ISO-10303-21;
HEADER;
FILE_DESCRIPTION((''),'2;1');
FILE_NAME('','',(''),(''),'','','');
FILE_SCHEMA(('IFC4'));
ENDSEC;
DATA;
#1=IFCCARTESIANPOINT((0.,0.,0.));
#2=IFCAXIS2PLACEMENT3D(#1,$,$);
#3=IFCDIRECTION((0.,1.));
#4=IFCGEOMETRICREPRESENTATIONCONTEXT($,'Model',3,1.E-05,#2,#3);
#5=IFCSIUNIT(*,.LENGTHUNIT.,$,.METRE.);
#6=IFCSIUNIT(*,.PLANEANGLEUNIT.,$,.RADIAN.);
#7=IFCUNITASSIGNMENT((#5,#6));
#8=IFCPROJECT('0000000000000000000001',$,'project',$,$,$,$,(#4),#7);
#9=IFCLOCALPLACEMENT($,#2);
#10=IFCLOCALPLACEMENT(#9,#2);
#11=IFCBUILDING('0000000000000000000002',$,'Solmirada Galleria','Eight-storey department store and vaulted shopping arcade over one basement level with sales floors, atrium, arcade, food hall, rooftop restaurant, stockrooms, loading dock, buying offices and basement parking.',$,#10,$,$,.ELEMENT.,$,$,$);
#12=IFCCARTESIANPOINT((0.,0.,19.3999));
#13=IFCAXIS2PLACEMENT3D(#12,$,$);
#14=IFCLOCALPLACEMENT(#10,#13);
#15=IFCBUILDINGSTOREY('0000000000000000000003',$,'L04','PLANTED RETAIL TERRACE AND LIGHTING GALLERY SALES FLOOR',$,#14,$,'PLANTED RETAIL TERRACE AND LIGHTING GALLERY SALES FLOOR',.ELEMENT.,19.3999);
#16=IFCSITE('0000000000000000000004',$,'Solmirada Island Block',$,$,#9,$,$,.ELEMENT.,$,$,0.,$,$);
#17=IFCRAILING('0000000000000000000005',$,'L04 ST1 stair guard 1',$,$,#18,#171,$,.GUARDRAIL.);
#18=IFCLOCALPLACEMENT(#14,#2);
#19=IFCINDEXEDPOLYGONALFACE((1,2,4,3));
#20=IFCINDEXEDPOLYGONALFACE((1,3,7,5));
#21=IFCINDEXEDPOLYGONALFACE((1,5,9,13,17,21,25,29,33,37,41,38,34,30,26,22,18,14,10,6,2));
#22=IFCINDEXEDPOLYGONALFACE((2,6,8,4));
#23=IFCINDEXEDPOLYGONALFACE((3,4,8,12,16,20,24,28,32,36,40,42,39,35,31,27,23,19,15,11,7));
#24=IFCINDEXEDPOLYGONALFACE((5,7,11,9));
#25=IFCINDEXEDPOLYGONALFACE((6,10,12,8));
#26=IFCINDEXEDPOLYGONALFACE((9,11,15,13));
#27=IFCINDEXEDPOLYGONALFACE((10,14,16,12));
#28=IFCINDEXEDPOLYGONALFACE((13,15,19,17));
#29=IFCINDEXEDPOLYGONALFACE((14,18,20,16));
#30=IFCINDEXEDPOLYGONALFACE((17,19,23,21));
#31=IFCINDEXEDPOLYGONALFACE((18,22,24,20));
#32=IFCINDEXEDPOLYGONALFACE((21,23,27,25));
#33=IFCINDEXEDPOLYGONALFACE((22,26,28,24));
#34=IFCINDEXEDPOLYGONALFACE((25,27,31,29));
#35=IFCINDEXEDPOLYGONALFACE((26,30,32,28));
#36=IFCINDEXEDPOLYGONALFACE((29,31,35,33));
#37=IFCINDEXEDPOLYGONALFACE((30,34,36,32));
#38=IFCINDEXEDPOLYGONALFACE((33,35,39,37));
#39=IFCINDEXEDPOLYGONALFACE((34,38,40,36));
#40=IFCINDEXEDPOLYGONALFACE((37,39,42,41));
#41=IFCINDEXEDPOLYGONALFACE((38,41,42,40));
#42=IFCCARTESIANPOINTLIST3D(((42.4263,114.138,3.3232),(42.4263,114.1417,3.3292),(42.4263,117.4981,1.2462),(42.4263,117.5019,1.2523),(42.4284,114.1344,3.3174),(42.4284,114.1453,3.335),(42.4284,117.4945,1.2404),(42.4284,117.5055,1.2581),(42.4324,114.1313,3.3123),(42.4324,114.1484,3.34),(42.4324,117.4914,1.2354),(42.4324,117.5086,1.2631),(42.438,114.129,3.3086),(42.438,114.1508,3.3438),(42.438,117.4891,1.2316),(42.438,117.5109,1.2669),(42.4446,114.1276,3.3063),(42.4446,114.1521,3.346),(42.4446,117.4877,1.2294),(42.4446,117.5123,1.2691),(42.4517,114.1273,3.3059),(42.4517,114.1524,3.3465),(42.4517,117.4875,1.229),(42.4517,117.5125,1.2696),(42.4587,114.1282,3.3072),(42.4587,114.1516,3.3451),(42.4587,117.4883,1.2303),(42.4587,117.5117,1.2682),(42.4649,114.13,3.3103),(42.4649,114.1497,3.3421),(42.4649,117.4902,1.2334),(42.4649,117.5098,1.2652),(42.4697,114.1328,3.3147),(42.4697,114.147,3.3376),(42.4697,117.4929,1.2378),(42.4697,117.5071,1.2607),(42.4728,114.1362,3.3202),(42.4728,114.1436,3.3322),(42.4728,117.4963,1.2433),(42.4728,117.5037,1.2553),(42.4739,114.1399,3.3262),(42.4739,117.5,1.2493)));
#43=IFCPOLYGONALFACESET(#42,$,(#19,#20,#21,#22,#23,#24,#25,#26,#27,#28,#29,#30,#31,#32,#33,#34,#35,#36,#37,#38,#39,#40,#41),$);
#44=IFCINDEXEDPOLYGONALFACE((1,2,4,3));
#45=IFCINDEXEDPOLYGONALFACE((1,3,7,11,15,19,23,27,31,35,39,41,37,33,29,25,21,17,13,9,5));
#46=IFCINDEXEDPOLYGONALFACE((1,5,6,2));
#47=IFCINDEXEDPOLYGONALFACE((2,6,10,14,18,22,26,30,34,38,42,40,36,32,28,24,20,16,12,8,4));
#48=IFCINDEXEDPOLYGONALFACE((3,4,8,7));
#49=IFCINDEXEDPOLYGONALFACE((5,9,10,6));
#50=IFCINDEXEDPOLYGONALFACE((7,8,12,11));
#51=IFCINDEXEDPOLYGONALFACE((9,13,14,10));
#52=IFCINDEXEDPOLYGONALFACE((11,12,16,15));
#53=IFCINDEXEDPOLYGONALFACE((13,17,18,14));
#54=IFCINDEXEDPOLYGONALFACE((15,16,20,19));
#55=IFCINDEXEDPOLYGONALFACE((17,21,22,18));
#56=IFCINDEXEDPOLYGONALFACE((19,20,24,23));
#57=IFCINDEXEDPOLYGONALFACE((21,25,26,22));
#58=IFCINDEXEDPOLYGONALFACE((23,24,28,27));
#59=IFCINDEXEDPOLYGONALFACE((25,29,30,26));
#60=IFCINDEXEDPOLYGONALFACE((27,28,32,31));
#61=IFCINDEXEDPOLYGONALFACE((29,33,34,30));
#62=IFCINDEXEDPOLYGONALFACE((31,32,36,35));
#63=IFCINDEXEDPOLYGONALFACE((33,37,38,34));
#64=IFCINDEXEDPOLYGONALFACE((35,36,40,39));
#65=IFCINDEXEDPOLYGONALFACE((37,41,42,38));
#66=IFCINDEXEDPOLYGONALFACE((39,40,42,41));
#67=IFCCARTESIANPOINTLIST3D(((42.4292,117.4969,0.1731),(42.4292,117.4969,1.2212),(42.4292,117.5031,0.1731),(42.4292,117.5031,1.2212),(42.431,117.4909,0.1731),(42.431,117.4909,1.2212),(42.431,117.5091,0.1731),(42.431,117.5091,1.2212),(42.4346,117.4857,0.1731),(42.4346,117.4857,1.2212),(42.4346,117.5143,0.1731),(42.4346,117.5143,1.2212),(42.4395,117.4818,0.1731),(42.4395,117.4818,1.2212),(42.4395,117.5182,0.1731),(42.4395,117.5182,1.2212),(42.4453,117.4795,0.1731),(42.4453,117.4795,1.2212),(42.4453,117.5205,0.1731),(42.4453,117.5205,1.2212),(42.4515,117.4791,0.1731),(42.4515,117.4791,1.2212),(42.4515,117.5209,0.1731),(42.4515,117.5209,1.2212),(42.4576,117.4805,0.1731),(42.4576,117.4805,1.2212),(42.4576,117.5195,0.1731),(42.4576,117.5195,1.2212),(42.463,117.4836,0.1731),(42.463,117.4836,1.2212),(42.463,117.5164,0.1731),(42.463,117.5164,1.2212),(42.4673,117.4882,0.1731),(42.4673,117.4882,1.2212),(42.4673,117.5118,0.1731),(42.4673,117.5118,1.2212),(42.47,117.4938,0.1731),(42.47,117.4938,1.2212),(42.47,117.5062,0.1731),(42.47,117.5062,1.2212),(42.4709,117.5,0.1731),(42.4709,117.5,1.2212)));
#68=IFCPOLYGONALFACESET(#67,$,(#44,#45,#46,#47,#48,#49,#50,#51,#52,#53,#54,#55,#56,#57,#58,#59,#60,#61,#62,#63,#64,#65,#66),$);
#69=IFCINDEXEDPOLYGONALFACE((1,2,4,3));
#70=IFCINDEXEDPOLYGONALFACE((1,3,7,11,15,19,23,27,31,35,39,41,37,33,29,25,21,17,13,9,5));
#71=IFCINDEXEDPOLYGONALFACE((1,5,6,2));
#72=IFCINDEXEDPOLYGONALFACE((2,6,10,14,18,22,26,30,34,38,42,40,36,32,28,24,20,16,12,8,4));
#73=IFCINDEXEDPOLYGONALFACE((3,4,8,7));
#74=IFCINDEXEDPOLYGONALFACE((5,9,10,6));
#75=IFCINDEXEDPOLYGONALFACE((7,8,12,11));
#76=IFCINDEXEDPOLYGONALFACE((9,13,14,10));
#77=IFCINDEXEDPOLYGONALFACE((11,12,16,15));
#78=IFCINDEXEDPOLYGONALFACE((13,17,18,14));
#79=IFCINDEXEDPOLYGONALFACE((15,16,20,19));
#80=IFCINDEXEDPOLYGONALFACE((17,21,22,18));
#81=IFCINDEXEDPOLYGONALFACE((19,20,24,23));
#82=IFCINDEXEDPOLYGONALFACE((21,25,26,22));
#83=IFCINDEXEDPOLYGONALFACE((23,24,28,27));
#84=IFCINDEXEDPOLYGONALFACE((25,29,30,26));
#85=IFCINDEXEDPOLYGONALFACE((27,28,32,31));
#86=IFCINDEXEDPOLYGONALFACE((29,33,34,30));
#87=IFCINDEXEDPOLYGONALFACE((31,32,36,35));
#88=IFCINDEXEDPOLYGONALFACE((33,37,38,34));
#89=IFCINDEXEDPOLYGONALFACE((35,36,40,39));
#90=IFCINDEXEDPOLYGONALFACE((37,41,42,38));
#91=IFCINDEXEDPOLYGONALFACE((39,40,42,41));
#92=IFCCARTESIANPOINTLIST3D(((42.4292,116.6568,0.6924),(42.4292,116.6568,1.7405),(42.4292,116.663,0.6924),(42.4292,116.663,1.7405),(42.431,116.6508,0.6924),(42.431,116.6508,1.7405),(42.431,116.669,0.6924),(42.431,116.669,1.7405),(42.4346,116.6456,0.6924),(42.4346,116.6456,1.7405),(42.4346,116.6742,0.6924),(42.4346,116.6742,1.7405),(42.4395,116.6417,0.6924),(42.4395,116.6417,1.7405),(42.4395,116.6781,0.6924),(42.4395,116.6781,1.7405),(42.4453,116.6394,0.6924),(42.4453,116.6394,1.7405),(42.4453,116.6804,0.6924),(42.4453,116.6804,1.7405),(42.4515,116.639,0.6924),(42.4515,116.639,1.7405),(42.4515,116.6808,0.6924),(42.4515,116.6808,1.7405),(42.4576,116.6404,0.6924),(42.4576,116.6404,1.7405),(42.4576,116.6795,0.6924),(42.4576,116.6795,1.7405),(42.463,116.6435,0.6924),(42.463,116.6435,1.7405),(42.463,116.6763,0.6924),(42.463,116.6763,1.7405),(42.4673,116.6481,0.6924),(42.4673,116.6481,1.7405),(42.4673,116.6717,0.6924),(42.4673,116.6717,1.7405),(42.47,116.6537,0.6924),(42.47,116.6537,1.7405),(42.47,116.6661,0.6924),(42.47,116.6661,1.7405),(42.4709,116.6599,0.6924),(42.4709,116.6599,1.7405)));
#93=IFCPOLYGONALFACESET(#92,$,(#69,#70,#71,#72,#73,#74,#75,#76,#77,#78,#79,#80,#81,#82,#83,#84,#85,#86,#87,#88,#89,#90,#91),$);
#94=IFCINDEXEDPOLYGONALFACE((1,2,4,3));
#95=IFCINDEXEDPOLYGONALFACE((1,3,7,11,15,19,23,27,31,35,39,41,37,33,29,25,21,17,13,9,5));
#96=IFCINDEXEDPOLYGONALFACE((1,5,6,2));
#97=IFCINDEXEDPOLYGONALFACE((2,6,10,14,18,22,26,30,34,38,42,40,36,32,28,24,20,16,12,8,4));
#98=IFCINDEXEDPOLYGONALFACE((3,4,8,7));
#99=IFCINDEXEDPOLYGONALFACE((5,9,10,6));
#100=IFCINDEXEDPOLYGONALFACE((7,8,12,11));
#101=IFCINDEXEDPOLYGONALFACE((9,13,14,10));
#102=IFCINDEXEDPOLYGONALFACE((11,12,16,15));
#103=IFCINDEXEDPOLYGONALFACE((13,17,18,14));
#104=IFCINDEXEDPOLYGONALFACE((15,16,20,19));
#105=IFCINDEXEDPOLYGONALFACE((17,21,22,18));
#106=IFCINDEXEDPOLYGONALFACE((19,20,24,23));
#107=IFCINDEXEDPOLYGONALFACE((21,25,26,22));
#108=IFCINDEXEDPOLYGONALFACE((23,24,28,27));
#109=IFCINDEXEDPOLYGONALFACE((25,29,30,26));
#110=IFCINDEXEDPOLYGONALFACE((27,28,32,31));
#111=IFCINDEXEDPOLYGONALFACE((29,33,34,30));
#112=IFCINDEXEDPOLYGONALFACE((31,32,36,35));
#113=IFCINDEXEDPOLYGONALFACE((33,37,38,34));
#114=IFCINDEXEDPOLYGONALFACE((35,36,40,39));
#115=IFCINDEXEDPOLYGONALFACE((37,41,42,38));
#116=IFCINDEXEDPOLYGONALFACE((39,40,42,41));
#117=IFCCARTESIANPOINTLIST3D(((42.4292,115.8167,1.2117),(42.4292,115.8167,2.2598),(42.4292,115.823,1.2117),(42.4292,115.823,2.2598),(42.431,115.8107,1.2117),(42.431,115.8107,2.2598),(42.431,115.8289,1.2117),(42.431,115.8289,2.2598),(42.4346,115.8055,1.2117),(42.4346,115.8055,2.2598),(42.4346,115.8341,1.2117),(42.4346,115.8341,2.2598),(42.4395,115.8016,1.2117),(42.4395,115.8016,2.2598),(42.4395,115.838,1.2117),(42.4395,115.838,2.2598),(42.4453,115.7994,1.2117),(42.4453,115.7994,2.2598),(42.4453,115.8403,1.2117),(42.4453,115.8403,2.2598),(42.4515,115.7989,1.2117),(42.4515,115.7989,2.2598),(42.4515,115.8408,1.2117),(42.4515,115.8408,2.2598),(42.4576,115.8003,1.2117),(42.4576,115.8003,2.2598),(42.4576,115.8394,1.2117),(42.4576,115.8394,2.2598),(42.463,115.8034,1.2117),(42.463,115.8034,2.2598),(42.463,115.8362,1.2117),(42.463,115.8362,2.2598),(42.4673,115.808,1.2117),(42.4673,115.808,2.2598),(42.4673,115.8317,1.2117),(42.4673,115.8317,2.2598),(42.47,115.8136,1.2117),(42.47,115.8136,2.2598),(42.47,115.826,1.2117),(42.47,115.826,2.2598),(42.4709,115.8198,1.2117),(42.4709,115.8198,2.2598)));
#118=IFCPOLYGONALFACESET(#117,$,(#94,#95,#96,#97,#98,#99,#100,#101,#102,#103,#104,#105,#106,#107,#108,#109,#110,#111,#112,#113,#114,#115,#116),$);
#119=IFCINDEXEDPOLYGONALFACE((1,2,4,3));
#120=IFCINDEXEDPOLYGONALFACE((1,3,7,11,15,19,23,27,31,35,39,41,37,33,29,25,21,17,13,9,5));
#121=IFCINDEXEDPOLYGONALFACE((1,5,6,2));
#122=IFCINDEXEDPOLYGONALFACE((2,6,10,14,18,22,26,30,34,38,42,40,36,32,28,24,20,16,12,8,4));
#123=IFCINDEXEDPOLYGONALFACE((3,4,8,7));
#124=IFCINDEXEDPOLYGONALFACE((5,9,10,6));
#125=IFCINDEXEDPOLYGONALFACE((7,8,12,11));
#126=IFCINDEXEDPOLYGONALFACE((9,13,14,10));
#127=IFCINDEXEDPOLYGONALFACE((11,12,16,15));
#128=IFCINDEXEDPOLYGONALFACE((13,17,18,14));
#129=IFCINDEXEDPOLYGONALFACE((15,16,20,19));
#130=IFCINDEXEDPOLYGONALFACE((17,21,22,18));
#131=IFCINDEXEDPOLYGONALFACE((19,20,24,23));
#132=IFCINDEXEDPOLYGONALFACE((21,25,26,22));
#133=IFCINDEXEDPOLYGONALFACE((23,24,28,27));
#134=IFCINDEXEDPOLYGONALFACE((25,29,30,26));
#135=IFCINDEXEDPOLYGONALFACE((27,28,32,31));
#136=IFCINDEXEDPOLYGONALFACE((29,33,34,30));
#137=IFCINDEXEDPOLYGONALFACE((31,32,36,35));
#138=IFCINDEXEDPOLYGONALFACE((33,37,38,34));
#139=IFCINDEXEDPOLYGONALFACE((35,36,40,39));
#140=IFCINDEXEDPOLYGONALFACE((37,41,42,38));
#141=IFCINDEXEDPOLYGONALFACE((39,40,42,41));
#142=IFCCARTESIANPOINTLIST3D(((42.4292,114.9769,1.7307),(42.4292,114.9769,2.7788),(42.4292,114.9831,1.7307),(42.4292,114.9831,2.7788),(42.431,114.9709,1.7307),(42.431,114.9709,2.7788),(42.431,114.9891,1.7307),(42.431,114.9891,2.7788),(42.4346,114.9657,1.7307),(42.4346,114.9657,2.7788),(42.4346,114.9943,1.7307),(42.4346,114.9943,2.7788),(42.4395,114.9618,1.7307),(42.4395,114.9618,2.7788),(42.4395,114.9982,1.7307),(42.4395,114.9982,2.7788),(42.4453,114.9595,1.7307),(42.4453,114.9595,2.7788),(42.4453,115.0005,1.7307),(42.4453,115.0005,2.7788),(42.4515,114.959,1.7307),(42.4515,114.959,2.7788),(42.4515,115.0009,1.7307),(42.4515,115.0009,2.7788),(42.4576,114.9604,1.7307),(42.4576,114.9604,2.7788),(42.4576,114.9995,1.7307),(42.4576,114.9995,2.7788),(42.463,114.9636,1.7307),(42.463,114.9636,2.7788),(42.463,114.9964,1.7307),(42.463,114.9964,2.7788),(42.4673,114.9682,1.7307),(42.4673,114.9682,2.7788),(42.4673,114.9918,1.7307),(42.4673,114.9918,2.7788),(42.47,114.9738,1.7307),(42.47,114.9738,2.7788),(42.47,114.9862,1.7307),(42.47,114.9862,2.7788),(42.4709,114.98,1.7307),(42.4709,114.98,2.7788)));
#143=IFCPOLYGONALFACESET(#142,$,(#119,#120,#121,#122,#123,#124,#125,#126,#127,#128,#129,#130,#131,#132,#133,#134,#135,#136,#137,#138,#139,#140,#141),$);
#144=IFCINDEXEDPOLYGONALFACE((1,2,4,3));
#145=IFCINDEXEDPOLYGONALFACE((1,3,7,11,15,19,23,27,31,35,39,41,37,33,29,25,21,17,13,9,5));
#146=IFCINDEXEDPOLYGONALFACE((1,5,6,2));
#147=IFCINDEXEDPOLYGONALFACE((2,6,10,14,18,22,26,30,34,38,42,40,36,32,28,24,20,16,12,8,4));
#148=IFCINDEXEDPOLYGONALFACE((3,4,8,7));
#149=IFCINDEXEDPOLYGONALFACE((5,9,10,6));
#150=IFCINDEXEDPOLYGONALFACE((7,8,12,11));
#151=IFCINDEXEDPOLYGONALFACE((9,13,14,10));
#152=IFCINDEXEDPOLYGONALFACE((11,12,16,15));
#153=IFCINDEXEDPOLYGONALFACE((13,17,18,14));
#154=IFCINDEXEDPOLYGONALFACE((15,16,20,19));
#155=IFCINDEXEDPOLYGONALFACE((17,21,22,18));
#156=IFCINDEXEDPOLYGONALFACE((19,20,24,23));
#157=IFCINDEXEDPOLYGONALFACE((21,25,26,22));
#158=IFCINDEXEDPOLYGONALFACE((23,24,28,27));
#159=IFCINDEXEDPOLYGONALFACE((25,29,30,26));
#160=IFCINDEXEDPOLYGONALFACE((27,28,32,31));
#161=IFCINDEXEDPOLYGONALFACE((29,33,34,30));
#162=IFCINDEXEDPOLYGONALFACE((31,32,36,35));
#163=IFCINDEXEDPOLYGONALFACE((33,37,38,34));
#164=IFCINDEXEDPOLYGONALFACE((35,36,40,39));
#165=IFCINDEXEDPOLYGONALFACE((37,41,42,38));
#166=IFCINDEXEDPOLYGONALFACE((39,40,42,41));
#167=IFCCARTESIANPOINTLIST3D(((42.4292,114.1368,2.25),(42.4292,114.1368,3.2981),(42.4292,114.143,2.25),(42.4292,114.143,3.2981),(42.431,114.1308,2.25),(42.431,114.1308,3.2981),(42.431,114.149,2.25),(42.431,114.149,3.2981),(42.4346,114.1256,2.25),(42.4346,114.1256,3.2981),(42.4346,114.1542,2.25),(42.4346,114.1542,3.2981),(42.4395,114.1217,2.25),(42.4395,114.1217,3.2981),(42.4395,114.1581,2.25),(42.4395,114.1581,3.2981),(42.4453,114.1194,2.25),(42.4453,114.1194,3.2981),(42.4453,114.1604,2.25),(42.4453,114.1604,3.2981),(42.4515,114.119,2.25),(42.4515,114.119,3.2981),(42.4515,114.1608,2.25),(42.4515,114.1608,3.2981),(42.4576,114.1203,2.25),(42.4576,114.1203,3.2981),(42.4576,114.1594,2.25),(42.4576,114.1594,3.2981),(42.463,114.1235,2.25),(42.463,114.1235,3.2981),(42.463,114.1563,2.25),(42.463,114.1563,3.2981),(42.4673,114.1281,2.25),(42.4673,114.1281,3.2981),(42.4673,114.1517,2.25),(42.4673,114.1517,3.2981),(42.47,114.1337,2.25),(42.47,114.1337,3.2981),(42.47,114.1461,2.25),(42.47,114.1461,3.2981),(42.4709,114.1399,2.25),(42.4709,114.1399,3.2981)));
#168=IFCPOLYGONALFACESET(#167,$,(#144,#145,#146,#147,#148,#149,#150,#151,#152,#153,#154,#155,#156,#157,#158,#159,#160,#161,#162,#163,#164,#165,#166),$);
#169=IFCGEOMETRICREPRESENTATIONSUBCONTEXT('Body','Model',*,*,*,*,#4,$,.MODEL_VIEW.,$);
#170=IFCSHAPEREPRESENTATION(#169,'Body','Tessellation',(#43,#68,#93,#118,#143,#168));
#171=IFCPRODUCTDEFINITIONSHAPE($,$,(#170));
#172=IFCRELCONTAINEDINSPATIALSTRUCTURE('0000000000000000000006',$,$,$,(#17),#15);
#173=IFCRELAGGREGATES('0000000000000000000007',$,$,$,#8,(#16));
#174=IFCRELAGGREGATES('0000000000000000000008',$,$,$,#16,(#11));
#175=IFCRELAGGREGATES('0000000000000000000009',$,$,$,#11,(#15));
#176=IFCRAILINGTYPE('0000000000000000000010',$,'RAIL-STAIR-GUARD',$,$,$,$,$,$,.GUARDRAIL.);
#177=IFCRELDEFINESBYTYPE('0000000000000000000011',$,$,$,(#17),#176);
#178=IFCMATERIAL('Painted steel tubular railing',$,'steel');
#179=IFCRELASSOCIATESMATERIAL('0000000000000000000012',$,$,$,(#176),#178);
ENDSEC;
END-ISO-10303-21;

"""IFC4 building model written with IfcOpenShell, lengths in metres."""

from ifc_helpers import new_model, si_unit, direction, frame, origin, origin_2d, place, context, subcontext, project, spatial, circle, extrude, material, type_object, element, save


model = new_model("IFC4")

# Units and contexts
model_context = context("Model", 3, precision=1e-05, world=origin(), true_north=direction((0.0, 1.0)))
body_context = subcontext(model_context, "Body", "Model", "MODEL_VIEW")
ifc_project = project(units=[si_unit("LENGTHUNIT", "METRE"), si_unit("PLANEANGLEUNIT", "RADIAN")], contexts=[model_context])

# Site, building, storey
site_placement = place(None, origin())
site = spatial("IfcSite", under=ifc_project, at=site_placement, Name="Solmirada Island Block", CompositionType="ELEMENT", RefElevation=0.0)
building_placement = place(site_placement, origin())
building = spatial("IfcBuilding", under=site, at=building_placement, Name="Solmirada Galleria", Description="Eight-storey department store and vaulted shopping arcade over one basement level with sales floors, atrium, arcade, food hall, rooftop restaurant, stockrooms, loading dock, buying offices and basement parking.", CompositionType="ELEMENT")
storey_placement = place(building_placement, frame((0.0, 0.0, 19.3999)))
storey = spatial("IfcBuildingStorey", under=building, at=storey_placement, Name="L04", Description="PLANTED RETAIL TERRACE AND LIGHTING GALLERY SALES FLOOR", LongName="PLANTED RETAIL TERRACE AND LIGHTING GALLERY SALES FLOOR", CompositionType="ELEMENT", Elevation=19.3999)

# Railing
ifc_material_1 = material(Name="Painted steel tubular railing", Category="steel")
railing_type_1 = type_object("IfcRailingType", Name="RAIL-STAIR-GUARD", PredefinedType="GUARDRAIL", material=ifc_material_1)
railing_1_placement = place(storey_placement, frame((42.45, 117.5, 0.1731)))
element("IfcRailing", 1, at=railing_1_placement, inside=storey, type_object=railing_type_1, Name="L04 ST1 stair guard 1", PredefinedType="GUARDRAIL", context=body_context, shape_type="SweptSolid", body=[
    extrude(circle(Radius=0.0239, at=origin_2d()), frame((0.0, 0.0, 1.0762), z_axis=(0.0, -0.850623, 0.525776), x_axis=(1.0, 0.0, 0.0)), (0.0, 0.0, 1.0), 3.9502),
    extrude(circle(Radius=0.021, at=origin_2d()), origin(), (0.0, 0.0, 1.0), 1.0481),
    extrude(circle(Radius=0.021, at=origin_2d()), frame((0.0, -0.8401, 0.5193)), (0.0, 0.0, 1.0), 1.0481),
    extrude(circle(Radius=0.021, at=origin_2d()), frame((0.0, -1.6802, 1.0386)), (0.0, 0.0, 1.0), 1.0481),
    extrude(circle(Radius=0.021, at=origin_2d()), frame((0.0, -2.52, 1.5576)), (0.0, 0.0, 1.0), 1.0481),
    extrude(circle(Radius=0.021, at=origin_2d()), frame((0.0, -3.3601, 2.0769)), (0.0, 0.0, 1.0), 1.0481),
])

save(model, "model.ifc")
